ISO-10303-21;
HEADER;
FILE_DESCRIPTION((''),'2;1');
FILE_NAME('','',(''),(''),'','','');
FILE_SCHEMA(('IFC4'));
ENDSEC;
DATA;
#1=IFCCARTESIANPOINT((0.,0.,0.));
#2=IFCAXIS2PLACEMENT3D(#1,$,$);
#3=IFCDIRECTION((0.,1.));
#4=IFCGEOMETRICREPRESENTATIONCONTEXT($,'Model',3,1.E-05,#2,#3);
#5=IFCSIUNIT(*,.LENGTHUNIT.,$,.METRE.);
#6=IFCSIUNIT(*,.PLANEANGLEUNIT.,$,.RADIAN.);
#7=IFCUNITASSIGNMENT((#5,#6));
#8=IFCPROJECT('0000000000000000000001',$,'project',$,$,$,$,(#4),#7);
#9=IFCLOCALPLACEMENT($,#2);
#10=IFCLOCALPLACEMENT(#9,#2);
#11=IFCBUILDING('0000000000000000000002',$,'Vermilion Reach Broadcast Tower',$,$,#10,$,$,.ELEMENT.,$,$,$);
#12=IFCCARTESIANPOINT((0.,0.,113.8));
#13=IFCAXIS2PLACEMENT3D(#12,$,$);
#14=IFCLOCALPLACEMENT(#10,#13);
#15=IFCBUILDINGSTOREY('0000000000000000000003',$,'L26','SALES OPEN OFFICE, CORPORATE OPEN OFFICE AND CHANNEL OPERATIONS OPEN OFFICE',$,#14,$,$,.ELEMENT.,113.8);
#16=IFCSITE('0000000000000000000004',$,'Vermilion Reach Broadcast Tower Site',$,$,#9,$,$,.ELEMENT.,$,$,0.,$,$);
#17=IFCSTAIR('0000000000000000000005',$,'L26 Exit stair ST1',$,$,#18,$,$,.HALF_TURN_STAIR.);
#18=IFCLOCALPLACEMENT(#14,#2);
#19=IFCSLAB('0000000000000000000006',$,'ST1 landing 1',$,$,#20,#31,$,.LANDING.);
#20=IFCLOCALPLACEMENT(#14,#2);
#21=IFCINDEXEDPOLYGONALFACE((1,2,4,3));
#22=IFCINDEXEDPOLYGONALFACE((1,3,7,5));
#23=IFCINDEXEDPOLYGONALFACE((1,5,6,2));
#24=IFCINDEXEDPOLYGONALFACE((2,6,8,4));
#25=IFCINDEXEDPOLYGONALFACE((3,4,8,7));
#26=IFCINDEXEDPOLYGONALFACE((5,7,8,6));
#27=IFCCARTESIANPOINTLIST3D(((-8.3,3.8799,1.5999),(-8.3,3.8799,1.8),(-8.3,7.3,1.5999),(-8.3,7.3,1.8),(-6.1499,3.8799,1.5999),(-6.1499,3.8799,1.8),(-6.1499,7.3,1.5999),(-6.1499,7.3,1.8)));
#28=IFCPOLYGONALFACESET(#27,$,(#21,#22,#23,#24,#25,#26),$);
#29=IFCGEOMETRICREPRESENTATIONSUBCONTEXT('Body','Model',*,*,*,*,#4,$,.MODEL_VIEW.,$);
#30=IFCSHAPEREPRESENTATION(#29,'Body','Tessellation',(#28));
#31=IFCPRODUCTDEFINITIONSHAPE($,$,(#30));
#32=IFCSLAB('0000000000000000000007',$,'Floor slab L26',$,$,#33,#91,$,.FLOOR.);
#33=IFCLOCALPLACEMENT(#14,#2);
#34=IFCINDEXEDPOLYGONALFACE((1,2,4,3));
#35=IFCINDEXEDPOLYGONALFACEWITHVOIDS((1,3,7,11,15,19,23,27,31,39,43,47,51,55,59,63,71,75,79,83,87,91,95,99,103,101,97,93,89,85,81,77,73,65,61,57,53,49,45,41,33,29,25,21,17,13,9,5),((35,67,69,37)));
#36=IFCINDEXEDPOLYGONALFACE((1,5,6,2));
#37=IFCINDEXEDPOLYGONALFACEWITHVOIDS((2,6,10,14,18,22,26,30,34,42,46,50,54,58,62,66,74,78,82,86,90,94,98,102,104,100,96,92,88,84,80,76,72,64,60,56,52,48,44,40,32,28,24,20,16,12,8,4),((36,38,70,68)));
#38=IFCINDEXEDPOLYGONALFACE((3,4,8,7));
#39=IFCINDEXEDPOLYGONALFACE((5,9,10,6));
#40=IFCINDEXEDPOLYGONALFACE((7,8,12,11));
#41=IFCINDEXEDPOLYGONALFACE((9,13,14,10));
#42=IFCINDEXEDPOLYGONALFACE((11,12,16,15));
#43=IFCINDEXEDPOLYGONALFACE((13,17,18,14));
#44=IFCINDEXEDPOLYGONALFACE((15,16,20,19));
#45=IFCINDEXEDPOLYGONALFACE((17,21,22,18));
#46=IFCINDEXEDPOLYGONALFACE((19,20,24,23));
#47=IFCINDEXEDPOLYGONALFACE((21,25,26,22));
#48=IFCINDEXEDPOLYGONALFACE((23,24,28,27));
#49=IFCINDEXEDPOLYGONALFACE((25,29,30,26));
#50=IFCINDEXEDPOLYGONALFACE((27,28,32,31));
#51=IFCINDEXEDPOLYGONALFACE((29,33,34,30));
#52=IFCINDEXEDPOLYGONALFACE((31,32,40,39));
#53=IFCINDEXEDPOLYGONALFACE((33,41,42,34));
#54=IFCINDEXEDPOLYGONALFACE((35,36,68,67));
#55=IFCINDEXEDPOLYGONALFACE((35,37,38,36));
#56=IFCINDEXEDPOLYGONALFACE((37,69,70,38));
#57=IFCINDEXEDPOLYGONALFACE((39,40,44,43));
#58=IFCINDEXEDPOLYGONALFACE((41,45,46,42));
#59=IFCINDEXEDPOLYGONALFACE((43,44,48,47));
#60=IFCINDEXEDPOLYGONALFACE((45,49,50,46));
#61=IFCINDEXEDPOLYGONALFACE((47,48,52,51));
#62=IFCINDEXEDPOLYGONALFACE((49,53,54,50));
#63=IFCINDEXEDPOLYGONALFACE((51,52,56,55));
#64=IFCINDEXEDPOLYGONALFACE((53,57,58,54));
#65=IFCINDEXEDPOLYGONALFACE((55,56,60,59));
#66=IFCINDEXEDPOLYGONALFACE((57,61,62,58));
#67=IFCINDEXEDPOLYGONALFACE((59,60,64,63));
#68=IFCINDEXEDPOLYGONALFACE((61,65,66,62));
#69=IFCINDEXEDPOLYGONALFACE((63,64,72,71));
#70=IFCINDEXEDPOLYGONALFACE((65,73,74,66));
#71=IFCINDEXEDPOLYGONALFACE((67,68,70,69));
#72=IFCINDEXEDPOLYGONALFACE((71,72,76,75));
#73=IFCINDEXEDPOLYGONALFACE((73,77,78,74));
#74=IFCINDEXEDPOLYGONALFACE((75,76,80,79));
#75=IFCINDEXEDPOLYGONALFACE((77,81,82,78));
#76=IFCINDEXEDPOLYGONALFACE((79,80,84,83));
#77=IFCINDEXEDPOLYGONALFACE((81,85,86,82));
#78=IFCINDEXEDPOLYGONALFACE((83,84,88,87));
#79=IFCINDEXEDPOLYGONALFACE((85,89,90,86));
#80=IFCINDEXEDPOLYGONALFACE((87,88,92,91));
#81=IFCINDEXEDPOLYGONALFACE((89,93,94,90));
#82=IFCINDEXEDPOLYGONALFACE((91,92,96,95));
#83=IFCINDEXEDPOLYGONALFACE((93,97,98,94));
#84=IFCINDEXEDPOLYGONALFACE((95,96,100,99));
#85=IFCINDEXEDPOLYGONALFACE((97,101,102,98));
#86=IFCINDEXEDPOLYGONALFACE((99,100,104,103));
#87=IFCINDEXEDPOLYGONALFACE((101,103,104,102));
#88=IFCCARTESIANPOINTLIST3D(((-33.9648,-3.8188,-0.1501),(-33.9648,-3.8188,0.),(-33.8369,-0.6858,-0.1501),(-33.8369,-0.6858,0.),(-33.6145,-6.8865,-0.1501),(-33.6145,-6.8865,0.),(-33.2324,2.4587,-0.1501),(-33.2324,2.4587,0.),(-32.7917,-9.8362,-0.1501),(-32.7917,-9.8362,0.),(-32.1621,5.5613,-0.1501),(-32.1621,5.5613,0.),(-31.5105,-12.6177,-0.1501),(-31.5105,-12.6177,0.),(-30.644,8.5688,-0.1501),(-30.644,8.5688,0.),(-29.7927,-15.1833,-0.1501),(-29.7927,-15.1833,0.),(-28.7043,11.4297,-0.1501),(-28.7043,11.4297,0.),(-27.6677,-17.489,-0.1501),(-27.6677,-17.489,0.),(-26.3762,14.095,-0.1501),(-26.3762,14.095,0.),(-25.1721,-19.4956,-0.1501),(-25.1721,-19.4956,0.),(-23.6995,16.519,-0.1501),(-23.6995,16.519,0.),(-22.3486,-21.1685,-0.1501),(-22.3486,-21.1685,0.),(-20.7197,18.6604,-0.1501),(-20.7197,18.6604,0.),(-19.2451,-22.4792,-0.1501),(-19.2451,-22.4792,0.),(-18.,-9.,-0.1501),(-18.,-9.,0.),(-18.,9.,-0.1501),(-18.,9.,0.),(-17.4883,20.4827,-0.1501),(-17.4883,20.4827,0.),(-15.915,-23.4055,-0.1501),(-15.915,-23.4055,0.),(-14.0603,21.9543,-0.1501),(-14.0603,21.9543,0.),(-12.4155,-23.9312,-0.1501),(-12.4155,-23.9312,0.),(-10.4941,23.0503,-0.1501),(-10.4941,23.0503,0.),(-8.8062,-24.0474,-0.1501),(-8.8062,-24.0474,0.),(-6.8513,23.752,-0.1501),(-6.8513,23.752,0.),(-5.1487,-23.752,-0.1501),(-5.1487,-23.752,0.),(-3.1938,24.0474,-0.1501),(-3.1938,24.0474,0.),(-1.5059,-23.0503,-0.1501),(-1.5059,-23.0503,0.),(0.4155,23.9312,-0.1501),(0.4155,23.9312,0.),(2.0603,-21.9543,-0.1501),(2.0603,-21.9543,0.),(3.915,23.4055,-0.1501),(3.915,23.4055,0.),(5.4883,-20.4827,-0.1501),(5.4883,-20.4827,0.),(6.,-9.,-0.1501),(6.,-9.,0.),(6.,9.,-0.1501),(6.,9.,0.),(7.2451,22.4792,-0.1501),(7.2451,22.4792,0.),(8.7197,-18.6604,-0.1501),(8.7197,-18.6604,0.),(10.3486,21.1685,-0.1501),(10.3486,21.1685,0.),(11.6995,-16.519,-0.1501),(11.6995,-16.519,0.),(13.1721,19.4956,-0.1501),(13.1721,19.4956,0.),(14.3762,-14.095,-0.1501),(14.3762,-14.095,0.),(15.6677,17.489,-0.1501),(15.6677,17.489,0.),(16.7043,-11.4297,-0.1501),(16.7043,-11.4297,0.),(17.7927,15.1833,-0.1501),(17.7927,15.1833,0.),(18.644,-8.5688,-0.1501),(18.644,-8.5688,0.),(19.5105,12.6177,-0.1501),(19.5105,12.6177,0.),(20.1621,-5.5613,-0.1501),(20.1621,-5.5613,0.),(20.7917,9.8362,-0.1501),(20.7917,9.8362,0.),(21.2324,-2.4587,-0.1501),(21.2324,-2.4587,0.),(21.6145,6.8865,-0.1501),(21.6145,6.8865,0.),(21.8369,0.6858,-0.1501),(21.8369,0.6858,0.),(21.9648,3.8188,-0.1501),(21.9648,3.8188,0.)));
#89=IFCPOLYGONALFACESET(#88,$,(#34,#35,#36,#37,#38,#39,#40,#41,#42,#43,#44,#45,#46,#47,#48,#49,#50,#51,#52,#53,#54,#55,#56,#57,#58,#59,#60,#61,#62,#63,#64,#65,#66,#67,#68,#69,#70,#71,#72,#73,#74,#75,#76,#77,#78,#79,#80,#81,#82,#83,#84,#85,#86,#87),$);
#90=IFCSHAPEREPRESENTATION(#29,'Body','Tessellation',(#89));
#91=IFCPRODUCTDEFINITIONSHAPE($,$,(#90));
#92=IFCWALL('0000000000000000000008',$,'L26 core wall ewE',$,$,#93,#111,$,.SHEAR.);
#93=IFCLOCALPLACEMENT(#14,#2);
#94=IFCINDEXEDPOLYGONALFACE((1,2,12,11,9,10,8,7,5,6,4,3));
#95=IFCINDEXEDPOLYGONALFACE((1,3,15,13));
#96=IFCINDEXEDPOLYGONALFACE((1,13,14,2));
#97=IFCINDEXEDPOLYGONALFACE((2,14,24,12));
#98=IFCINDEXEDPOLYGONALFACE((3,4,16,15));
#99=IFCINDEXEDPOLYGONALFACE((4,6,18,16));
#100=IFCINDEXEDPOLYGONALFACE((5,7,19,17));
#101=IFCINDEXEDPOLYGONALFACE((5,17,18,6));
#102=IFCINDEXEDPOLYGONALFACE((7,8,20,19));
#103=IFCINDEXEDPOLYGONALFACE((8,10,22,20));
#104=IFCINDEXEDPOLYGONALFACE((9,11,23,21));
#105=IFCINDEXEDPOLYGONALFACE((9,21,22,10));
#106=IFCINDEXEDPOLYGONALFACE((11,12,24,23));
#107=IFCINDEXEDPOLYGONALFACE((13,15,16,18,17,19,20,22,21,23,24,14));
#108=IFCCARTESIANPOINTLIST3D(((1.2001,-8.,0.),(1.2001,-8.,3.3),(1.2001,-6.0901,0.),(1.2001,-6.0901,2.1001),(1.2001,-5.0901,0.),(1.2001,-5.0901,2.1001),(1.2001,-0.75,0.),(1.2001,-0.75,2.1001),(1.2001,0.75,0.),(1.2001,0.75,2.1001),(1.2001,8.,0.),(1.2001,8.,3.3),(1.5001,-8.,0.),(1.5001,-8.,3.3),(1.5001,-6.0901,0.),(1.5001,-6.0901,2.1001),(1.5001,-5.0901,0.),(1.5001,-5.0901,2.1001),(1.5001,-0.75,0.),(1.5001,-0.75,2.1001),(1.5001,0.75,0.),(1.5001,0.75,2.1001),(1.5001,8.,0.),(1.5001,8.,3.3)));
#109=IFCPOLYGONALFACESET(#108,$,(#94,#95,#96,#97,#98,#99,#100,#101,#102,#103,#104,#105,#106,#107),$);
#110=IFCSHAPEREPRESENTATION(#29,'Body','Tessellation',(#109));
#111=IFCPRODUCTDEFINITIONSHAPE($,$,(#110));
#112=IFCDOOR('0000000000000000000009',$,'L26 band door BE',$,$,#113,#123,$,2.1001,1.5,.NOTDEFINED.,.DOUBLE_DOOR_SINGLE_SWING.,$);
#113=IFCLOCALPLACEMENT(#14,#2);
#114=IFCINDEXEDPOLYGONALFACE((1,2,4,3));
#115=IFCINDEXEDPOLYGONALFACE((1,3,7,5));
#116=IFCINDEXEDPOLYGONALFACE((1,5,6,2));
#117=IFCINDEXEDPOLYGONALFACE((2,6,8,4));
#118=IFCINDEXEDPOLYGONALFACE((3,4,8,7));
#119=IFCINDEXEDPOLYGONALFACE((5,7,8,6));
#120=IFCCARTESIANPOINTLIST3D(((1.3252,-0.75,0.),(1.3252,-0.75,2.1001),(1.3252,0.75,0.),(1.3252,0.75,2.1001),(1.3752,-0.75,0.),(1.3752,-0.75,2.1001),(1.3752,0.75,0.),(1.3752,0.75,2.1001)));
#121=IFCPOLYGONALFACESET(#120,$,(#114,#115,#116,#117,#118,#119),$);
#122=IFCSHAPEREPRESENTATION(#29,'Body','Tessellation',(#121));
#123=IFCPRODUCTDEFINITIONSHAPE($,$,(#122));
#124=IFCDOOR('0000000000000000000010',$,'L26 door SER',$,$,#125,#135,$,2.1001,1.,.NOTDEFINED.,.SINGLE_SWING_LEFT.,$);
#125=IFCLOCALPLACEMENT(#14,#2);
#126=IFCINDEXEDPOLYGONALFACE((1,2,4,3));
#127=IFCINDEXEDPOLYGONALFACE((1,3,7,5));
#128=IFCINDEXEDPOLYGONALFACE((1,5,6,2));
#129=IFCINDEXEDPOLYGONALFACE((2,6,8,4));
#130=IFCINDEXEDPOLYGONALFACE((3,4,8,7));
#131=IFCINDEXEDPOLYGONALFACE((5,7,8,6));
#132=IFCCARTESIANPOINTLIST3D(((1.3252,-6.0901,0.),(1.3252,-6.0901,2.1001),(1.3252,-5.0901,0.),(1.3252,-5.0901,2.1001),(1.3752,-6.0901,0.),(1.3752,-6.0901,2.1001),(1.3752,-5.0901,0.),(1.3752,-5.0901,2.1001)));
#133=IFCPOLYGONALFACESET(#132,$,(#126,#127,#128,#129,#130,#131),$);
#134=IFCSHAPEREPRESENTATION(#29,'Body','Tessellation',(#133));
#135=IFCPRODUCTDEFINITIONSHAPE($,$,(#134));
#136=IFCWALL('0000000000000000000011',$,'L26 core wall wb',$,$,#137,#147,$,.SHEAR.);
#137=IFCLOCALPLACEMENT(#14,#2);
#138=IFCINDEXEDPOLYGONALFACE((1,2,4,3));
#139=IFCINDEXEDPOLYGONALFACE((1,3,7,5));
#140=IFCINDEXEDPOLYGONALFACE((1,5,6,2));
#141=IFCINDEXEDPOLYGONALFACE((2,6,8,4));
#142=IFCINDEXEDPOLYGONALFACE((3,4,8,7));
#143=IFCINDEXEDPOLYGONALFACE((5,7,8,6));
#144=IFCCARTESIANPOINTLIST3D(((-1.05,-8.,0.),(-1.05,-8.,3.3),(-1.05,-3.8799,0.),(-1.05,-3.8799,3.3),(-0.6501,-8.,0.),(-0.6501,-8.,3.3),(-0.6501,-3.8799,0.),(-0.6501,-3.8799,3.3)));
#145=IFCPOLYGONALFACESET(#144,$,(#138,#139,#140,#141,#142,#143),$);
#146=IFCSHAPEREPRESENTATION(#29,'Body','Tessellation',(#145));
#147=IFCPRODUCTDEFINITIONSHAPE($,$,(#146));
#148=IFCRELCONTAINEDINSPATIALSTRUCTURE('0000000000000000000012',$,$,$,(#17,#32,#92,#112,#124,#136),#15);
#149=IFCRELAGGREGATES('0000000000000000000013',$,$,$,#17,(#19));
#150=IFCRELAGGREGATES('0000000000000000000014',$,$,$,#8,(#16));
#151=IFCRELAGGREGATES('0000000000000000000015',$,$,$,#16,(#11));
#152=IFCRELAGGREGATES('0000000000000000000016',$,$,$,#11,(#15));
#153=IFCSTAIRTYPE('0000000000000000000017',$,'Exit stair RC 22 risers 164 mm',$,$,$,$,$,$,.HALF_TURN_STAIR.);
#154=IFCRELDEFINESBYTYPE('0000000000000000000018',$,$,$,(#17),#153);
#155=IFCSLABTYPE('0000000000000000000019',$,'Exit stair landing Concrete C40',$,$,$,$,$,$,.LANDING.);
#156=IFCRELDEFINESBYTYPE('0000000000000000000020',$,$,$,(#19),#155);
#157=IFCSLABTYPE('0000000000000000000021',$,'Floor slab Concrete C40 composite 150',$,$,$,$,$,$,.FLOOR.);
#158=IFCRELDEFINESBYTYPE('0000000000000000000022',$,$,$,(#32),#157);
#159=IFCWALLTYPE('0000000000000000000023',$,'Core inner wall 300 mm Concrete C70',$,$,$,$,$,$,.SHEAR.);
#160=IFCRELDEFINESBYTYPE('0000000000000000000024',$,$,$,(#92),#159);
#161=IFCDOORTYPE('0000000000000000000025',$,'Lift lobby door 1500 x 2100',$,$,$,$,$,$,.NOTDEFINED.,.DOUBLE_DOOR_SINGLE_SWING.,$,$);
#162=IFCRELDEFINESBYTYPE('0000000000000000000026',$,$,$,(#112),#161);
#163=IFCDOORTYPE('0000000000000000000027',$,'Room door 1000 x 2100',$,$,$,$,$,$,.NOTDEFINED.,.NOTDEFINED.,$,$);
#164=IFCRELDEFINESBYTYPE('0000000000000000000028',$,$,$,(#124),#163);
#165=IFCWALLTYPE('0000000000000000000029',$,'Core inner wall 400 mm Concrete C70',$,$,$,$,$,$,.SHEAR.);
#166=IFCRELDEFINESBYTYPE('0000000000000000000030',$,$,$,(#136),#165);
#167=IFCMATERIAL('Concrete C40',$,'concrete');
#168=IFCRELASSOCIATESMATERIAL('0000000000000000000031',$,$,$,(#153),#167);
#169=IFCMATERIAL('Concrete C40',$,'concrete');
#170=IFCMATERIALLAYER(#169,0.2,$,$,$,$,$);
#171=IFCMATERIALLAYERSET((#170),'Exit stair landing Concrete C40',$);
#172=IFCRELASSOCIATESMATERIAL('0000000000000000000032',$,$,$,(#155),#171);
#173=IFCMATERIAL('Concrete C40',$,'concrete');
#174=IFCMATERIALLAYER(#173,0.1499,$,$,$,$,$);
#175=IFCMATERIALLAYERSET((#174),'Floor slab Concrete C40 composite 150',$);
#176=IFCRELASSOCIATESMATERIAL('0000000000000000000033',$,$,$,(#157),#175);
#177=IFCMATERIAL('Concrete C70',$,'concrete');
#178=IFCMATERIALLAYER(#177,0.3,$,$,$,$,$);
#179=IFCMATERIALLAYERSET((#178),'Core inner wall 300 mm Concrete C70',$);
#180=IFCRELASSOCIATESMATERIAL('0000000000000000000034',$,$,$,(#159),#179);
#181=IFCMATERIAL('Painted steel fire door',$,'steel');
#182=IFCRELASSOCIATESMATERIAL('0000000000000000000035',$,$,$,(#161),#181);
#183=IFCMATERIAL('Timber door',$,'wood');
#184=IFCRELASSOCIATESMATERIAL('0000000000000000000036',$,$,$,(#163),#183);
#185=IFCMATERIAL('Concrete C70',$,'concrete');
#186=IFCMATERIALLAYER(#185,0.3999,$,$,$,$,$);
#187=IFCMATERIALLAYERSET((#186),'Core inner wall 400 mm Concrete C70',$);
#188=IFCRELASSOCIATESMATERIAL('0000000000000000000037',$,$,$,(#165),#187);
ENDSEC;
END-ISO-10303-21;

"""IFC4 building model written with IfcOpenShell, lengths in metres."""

from ifc_helpers import new_model, si_unit, direction, frame, frame_2d, origin, place, context, subcontext, project, spatial, polyline, rectangle, outline, extrude, material, layer, layer_set, type_object, element, fill, aggregate, save


model = new_model("IFC4")

# Units and contexts
model_context = context("Model", 3, precision=1e-05, world=origin(), true_north=direction((0.0, 1.0)))
body_context = subcontext(model_context, "Body", "Model", "MODEL_VIEW")
ifc_project = project(units=[si_unit("LENGTHUNIT", "METRE"), si_unit("PLANEANGLEUNIT", "RADIAN")], contexts=[model_context])

# Site, building, storey
site_placement = place(None, origin())
site = spatial("IfcSite", under=ifc_project, at=site_placement, Name="Vermilion Reach Broadcast Tower Site", CompositionType="ELEMENT", RefElevation=0.0)
building_placement = place(site_placement, origin())
building = spatial("IfcBuilding", under=site, at=building_placement, Name="Vermilion Reach Broadcast Tower", CompositionType="ELEMENT")
storey_placement = place(building_placement, frame((0.0, 0.0, 113.8)))
storey = spatial("IfcBuildingStorey", under=building, at=storey_placement, Name="L26", Description="SALES OPEN OFFICE, CORPORATE OPEN OFFICE AND CHANNEL OPERATIONS OPEN OFFICE", CompositionType="ELEMENT", Elevation=113.8)

# Stair, slab
ifc_material_1 = material(Name="Concrete C40", Category="concrete")
stair_type = type_object("IfcStairType", Name="Exit stair RC 22 risers 164 mm", PredefinedType="HALF_TURN_STAIR", material=ifc_material_1)
placement_1 = place(storey_placement, origin())
stair_1 = element("IfcStair", 1, at=placement_1, inside=storey, type_object=stair_type, Name="L26 Exit stair ST1", PredefinedType="HALF_TURN_STAIR")
ifc_material_2 = material(Name="Concrete C40", Category="concrete")
ifc_layer_1 = layer(ifc_material_2, 0.2)
ifc_layer_set_1 = layer_set([ifc_layer_1], Name="Exit stair landing Concrete C40")
slab_type_1 = type_object("IfcSlabType", Name="Exit stair landing Concrete C40", PredefinedType="LANDING", material=ifc_layer_set_1)
slab_1_placement = place(storey_placement, frame((0.0, 0.0, 1.5999)))
slab_1 = element("IfcSlab", 2, at=slab_1_placement, type_object=slab_type_1, Name="ST1 landing 1", PredefinedType="LANDING", context=body_context, shape_type="SweptSolid", body=[
    extrude(outline(polyline([(-8.3, 3.8799), (-6.1499, 3.8799), (-6.1499, 7.3), (-8.3, 7.3), (-8.3, 3.8799)])), origin(), (0.0, 0.0, 1.0), 0.2002),
])
aggregate(stair_1, [slab_1])

# Slab
ifc_material_3 = material(Name="Concrete C40", Category="concrete")
ifc_layer_2 = layer(ifc_material_3, 0.1499)
ifc_layer_set_2 = layer_set([ifc_layer_2], Name="Floor slab Concrete C40 composite 150")
slab_type_2 = type_object("IfcSlabType", Name="Floor slab Concrete C40 composite 150", PredefinedType="FLOOR", material=ifc_layer_set_2)
slab_2_placement = place(storey_placement, frame((0.0, 0.0, -0.1501)))
element("IfcSlab", 3, at=slab_2_placement, inside=storey, type_object=slab_type_2, Name="Floor slab L26", PredefinedType="FLOOR", context=body_context, shape_type="SweptSolid", body=[
    extrude(outline(polyline([(20.7917, 9.8362), (19.5105, 12.6177), (17.7927, 15.1833), (15.6677, 17.489), (13.1721, 19.4956), (10.3486, 21.1685), (7.2451, 22.4792), (3.915, 23.4055), (0.4155, 23.9312), (-3.1938, 24.0474), (-6.8513, 23.752), (-10.4941, 23.0503), (-14.0603, 21.9543), (-17.4883, 20.4827), (-20.7197, 18.6604), (-23.6995, 16.519), (-26.3762, 14.095), (-28.7043, 11.4297), (-30.644, 8.5688), (-32.1621, 5.5613), (-33.2324, 2.4587), (-33.8369, -0.6858), (-33.9648, -3.8188), (-33.6145, -6.8865), (-32.7917, -9.8362), (-31.5105, -12.6177), (-29.7927, -15.1833), (-27.6677, -17.489), (-25.1721, -19.4956), (-22.3486, -21.1685), (-19.2451, -22.4792), (-15.915, -23.4055), (-12.4155, -23.9312), (-8.8062, -24.0474), (-5.1487, -23.752), (-1.5059, -23.0503), (2.0603, -21.9543), (5.4883, -20.4827), (8.7197, -18.6604), (11.6995, -16.519), (14.3762, -14.095), (16.7043, -11.4297), (18.644, -8.5688), (20.1621, -5.5613), (21.2324, -2.4587), (21.8369, 0.6858), (21.9648, 3.8188), (21.6145, 6.8865), (20.7917, 9.8362)]), holes=[polyline([(-18.0, -9.0), (6.0, -9.0), (6.0, 9.0), (-18.0, 9.0), (-18.0, -9.0)])]), origin(), (0.0, 0.0, 1.0), 0.1501),
])

# Wall, openings, doors
ifc_material_4 = material(Name="Concrete C70", Category="concrete")
ifc_layer_3 = layer(ifc_material_4, 0.3)
ifc_layer_set_3 = layer_set([ifc_layer_3], Name="Core inner wall 300 mm Concrete C70")
wall_type_1 = type_object("IfcWallType", Name="Core inner wall 300 mm Concrete C70", PredefinedType="SHEAR", material=ifc_layer_set_3)
wall_1_placement = place(storey_placement, frame((1.3501, -8.0, 0.0), z_axis=(0.0, 0.0, 1.0), x_axis=(0.0, 1.0, 0.0)))
wall_1 = element("IfcWall", 4, at=wall_1_placement, inside=storey, type_object=wall_type_1, Name="L26 core wall ewE", PredefinedType="SHEAR", context=body_context, shape_type="SweptSolid", body=[
    extrude(rectangle(XDim=16.0, YDim=0.3, at=frame_2d((8.0, 0.0))), origin(), (0.0, 0.0, 1.0), 3.3),
])
opening_1_placement = place(wall_1_placement, frame((1.9099, 0.0, 0.0)))
opening_1 = element("IfcOpeningElement", 5, at=opening_1_placement, cuts=wall_1, PredefinedType="OPENING", context=body_context, shape_type="SweptSolid", body=[
    extrude(rectangle(XDim=1.0, YDim=2.1001, at=frame_2d((0.5, 1.05))), frame((0.0, 0.1599, 0.0), z_axis=(0.0, -1.0, 0.0), x_axis=(1.0, 0.0, 0.0)), (0.0, 0.0, 1.0), 0.3201),
])
opening_2_placement = place(wall_1_placement, frame((7.25, 0.0, 0.0)))
opening_2 = element("IfcOpeningElement", 6, at=opening_2_placement, cuts=wall_1, PredefinedType="OPENING", context=body_context, shape_type="SweptSolid", body=[
    extrude(rectangle(XDim=1.5, YDim=2.1001, at=frame_2d((0.75, 1.05))), frame((0.0, 0.1599, 0.0), z_axis=(0.0, -1.0, 0.0), x_axis=(1.0, 0.0, 0.0)), (0.0, 0.0, 1.0), 0.3201),
])
ifc_material_5 = material(Name="Painted steel fire door", Category="steel")
door_type_1 = type_object("IfcDoorType", Name="Lift lobby door 1500 x 2100", OperationType="DOUBLE_DOOR_SINGLE_SWING", PredefinedType="NOTDEFINED", material=ifc_material_5)
door_1_placement = place(opening_2_placement, origin())
door_1 = element("IfcDoor", 7, at=door_1_placement, inside=storey, type_object=door_type_1, Name="L26 band door BE", OperationType="DOUBLE_DOOR_SINGLE_SWING", OverallHeight=2.1001, OverallWidth=1.5, PredefinedType="NOTDEFINED", context=body_context, shape_type="SweptSolid", body=[
    extrude(rectangle(XDim=1.5, YDim=2.1001, at=frame_2d((0.75, 1.05))), frame((0.0, 0.0249, 0.0), z_axis=(0.0, -1.0, 0.0), x_axis=(1.0, 0.0, 0.0)), (0.0, 0.0, 1.0), 0.05),
])
fill(opening_2, door_1)
ifc_material_6 = material(Name="Timber door", Category="wood")
door_type_2 = type_object("IfcDoorType", Name="Room door 1000 x 2100", OperationType="NOTDEFINED", PredefinedType="NOTDEFINED", material=ifc_material_6)
door_2_placement = place(opening_1_placement, origin())
door_2 = element("IfcDoor", 8, at=door_2_placement, inside=storey, type_object=door_type_2, Name="L26 door SER", OperationType="SINGLE_SWING_LEFT", OverallHeight=2.1001, OverallWidth=1.0, PredefinedType="NOTDEFINED", context=body_context, shape_type="SweptSolid", body=[
    extrude(rectangle(XDim=1.0, YDim=2.1001, at=frame_2d((0.5, 1.05))), frame((0.0, 0.0249, 0.0), z_axis=(0.0, -1.0, 0.0), x_axis=(1.0, 0.0, 0.0)), (0.0, 0.0, 1.0), 0.05),
])
fill(opening_1, door_2)

# Wall
ifc_material_7 = material(Name="Concrete C70", Category="concrete")
ifc_layer_4 = layer(ifc_material_7, 0.3999)
ifc_layer_set_4 = layer_set([ifc_layer_4], Name="Core inner wall 400 mm Concrete C70")
wall_type_2 = type_object("IfcWallType", Name="Core inner wall 400 mm Concrete C70", PredefinedType="SHEAR", material=ifc_layer_set_4)
wall_2_placement = place(storey_placement, frame((-0.8501, -3.8799, 0.0), z_axis=(0.0, 0.0, 1.0), x_axis=(0.0, -1.0, 0.0)))
element("IfcWall", 9, at=wall_2_placement, inside=storey, type_object=wall_type_2, Name="L26 core wall wb", PredefinedType="SHEAR", context=body_context, shape_type="SweptSolid", body=[
    extrude(rectangle(XDim=4.1201, YDim=0.3999, at=frame_2d((2.0601, 0.0))), origin(), (0.0, 0.0, 1.0), 3.3),
])

save(model, "model.ifc")
